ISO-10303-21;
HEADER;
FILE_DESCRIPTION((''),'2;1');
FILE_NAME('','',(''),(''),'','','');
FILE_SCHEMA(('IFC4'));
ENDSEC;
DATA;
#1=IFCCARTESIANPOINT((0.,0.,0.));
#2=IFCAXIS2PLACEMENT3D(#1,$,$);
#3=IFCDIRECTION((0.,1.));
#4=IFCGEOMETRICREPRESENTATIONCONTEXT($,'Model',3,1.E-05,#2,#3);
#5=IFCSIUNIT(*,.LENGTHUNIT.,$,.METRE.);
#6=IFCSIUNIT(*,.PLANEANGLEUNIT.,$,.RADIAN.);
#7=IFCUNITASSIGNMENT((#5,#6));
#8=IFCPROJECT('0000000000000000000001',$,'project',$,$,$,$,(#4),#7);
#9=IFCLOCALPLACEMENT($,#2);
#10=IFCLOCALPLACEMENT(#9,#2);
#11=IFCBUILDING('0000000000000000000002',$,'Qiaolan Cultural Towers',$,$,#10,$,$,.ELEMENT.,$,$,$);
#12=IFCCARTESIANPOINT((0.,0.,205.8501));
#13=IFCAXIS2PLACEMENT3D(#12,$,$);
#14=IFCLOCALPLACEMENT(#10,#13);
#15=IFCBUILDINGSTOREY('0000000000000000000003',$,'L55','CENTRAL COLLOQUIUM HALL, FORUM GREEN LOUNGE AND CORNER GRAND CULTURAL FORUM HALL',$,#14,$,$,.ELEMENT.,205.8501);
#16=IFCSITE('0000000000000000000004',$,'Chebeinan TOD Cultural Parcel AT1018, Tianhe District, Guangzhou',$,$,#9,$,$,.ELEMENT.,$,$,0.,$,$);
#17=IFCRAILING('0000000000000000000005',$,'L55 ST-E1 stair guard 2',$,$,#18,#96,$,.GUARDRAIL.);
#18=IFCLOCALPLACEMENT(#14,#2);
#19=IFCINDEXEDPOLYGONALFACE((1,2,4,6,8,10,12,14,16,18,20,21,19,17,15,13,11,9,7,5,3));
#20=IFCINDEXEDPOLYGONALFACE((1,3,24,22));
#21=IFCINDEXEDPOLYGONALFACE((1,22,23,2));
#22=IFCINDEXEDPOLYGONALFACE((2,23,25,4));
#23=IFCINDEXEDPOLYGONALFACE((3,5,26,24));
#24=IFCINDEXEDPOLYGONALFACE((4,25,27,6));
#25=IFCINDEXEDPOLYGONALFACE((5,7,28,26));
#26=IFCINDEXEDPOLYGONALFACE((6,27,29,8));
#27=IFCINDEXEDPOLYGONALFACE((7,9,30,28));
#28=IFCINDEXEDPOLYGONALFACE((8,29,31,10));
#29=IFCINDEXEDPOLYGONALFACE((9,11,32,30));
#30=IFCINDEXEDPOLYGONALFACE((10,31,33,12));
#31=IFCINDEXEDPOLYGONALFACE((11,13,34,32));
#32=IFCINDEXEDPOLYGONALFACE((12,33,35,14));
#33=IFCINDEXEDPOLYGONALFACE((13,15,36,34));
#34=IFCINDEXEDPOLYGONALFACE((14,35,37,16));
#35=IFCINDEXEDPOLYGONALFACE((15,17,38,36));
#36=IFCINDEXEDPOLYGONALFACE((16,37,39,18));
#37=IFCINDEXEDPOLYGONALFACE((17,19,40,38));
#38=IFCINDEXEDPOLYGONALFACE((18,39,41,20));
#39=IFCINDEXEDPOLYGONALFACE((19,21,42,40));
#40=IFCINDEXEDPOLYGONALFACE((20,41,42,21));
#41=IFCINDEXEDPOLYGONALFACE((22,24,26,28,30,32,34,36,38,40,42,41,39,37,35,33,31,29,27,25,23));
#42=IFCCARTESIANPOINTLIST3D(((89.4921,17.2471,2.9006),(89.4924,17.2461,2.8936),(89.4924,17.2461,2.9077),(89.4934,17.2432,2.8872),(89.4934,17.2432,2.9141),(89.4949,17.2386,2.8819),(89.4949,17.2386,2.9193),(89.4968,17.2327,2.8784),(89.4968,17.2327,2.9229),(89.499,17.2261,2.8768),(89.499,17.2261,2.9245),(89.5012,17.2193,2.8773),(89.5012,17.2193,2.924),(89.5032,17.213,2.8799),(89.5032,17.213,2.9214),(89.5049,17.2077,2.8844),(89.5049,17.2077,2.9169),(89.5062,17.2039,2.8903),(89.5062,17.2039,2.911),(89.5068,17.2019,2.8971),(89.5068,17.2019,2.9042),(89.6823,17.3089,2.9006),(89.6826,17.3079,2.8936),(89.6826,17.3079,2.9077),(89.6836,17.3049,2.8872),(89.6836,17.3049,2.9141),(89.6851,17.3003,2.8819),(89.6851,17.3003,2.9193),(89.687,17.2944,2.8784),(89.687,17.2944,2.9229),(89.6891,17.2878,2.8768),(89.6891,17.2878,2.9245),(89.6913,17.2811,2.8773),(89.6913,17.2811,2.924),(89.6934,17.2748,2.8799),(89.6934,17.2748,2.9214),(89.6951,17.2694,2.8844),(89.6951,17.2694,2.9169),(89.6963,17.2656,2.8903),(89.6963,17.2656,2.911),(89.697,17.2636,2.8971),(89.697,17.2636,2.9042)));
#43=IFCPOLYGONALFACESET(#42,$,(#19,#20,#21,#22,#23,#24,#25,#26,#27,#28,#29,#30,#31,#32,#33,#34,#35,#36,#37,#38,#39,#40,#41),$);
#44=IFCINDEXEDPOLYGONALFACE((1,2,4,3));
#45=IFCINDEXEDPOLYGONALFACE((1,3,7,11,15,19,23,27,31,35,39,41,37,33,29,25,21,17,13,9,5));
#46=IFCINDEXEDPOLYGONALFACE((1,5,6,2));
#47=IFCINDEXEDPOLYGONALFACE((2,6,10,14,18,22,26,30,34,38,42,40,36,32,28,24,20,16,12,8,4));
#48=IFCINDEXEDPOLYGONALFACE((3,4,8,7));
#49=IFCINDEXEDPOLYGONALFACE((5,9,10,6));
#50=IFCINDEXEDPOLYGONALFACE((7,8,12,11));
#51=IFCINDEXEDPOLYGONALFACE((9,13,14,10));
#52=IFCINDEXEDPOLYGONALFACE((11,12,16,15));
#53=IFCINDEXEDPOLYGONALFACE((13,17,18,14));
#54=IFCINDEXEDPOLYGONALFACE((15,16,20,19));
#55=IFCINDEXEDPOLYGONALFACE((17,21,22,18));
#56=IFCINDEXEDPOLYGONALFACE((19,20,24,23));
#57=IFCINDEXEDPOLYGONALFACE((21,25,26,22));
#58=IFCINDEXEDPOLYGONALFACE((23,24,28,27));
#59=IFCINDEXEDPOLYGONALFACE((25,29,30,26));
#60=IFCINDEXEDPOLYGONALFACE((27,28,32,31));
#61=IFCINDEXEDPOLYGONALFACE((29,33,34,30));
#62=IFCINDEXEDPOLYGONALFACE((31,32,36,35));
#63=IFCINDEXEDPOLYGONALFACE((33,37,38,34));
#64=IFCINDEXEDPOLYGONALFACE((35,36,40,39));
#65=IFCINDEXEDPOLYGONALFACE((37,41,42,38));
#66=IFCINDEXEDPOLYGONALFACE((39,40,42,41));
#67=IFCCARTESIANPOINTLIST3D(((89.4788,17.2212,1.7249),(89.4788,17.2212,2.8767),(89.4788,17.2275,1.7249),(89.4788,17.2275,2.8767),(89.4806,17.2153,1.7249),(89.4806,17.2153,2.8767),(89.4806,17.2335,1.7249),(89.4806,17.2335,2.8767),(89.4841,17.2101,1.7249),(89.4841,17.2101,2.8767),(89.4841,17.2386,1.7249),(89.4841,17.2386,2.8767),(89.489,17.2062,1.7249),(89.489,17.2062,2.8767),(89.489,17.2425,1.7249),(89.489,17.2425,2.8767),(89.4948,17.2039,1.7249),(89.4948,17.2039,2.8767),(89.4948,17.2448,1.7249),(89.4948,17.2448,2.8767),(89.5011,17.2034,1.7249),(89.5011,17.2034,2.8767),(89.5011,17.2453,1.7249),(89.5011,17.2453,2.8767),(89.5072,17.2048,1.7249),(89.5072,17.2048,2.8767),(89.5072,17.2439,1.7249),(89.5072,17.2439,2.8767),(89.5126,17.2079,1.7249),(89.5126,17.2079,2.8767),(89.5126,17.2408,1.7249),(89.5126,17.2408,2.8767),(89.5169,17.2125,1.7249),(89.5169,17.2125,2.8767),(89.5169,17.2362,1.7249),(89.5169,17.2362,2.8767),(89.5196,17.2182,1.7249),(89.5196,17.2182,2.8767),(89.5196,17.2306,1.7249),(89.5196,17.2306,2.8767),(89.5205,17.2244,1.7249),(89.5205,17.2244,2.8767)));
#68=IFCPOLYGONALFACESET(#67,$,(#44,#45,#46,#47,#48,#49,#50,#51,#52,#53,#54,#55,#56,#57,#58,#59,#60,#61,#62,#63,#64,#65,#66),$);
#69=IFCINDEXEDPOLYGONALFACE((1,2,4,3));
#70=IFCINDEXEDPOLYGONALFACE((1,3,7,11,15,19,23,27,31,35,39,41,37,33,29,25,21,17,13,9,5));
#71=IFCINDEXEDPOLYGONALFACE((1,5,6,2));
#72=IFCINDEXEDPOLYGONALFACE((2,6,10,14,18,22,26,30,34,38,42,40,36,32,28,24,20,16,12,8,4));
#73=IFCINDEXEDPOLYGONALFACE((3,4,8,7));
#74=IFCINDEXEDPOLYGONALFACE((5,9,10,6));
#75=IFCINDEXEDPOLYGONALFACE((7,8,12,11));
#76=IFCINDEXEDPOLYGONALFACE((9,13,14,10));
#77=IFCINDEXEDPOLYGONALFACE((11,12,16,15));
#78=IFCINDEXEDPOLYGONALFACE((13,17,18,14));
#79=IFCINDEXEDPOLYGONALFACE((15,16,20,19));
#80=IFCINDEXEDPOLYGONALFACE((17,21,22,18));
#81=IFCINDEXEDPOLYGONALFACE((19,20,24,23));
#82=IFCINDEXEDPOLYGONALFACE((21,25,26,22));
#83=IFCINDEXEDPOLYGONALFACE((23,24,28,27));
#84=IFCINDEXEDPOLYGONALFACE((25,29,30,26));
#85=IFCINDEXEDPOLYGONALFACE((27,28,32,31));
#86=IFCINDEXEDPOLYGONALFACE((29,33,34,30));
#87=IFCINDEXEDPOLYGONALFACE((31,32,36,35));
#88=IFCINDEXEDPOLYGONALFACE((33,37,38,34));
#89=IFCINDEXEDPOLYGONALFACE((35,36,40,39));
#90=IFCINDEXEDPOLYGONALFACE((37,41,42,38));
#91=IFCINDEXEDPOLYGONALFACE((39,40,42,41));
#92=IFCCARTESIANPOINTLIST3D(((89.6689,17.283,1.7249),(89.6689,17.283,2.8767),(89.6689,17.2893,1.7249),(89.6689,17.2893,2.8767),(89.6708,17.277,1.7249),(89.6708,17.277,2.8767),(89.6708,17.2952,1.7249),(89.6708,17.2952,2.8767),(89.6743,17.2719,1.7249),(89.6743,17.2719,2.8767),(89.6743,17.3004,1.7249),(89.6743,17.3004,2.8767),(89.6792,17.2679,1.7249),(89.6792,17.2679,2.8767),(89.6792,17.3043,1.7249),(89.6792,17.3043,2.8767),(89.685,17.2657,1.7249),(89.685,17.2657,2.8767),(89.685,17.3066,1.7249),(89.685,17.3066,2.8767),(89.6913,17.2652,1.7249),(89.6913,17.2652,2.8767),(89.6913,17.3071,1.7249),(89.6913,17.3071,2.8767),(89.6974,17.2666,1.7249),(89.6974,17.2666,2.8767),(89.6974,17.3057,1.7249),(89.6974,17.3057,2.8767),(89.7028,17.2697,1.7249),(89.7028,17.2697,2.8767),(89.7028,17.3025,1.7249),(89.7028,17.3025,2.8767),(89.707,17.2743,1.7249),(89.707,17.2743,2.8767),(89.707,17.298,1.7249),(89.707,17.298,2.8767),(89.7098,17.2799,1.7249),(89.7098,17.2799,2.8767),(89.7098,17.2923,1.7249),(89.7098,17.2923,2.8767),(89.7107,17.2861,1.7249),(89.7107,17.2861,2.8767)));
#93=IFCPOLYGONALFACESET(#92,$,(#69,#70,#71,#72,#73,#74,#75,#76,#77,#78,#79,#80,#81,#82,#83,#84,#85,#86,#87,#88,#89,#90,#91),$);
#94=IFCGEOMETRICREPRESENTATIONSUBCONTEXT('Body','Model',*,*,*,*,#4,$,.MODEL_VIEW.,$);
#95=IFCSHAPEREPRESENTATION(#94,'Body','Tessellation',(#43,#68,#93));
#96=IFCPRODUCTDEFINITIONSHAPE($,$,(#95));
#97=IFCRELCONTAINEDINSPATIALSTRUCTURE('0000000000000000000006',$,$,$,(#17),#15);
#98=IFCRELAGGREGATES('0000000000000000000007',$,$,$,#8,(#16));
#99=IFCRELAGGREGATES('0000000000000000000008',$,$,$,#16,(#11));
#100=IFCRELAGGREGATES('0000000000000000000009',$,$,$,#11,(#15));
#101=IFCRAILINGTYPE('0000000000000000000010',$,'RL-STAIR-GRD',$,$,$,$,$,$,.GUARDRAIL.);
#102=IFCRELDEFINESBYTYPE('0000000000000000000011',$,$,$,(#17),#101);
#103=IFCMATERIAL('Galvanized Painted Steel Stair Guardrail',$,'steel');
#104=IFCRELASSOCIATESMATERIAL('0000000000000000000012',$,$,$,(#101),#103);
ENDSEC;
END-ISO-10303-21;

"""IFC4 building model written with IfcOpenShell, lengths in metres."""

from ifc_helpers import new_model, si_unit, direction, frame, origin, origin_2d, place, context, subcontext, project, spatial, circle, extrude, material, type_object, element, save


model = new_model("IFC4")

# Units and contexts
model_context = context("Model", 3, precision=1e-05, world=origin(), true_north=direction((0.0, 1.0)))
body_context = subcontext(model_context, "Body", "Model", "MODEL_VIEW")
ifc_project = project(units=[si_unit("LENGTHUNIT", "METRE"), si_unit("PLANEANGLEUNIT", "RADIAN")], contexts=[model_context])

# Site, building, storey
site_placement = place(None, origin())
site = spatial("IfcSite", under=ifc_project, at=site_placement, Name="Chebeinan TOD Cultural Parcel AT1018, Tianhe District, Guangzhou", CompositionType="ELEMENT", RefElevation=0.0)
building_placement = place(site_placement, origin())
building = spatial("IfcBuilding", under=site, at=building_placement, Name="Qiaolan Cultural Towers", CompositionType="ELEMENT")
storey_placement = place(building_placement, frame((0.0, 0.0, 205.8501)))
storey = spatial("IfcBuildingStorey", under=building, at=storey_placement, Name="L55", Description="CENTRAL COLLOQUIUM HALL, FORUM GREEN LOUNGE AND CORNER GRAND CULTURAL FORUM HALL", CompositionType="ELEMENT", Elevation=205.8501)

# Railing
ifc_material_1 = material(Name="Galvanized Painted Steel Stair Guardrail", Category="steel")
railing_type_1 = type_object("IfcRailingType", Name="RL-STAIR-GRD", PredefinedType="GUARDRAIL", material=ifc_material_1)
railing_1_placement = place(storey_placement, frame((89.4995, 17.2244, 1.7249)))
element("IfcRailing", 1, at=railing_1_placement, inside=storey, type_object=railing_type_1, Name="L55 ST-E1 stair guard 2", PredefinedType="GUARDRAIL", context=body_context, shape_type="SweptSolid", body=[
    extrude(circle(Radius=0.0239, at=origin_2d()), frame((0.0, 0.0, 1.1758), z_axis=(0.951097, 0.308893, 0.0), x_axis=(-0.308893, 0.951097, 0.0)), (0.0, 0.0, 1.0), 0.2),
    extrude(circle(Radius=0.021, at=origin_2d()), origin(), (0.0, 0.0, 1.0), 1.1519),
    extrude(circle(Radius=0.021, at=origin_2d()), frame((0.1902, 0.0618, 0.0)), (0.0, 0.0, 1.0), 1.1519),
])

save(model, "model.ifc")
